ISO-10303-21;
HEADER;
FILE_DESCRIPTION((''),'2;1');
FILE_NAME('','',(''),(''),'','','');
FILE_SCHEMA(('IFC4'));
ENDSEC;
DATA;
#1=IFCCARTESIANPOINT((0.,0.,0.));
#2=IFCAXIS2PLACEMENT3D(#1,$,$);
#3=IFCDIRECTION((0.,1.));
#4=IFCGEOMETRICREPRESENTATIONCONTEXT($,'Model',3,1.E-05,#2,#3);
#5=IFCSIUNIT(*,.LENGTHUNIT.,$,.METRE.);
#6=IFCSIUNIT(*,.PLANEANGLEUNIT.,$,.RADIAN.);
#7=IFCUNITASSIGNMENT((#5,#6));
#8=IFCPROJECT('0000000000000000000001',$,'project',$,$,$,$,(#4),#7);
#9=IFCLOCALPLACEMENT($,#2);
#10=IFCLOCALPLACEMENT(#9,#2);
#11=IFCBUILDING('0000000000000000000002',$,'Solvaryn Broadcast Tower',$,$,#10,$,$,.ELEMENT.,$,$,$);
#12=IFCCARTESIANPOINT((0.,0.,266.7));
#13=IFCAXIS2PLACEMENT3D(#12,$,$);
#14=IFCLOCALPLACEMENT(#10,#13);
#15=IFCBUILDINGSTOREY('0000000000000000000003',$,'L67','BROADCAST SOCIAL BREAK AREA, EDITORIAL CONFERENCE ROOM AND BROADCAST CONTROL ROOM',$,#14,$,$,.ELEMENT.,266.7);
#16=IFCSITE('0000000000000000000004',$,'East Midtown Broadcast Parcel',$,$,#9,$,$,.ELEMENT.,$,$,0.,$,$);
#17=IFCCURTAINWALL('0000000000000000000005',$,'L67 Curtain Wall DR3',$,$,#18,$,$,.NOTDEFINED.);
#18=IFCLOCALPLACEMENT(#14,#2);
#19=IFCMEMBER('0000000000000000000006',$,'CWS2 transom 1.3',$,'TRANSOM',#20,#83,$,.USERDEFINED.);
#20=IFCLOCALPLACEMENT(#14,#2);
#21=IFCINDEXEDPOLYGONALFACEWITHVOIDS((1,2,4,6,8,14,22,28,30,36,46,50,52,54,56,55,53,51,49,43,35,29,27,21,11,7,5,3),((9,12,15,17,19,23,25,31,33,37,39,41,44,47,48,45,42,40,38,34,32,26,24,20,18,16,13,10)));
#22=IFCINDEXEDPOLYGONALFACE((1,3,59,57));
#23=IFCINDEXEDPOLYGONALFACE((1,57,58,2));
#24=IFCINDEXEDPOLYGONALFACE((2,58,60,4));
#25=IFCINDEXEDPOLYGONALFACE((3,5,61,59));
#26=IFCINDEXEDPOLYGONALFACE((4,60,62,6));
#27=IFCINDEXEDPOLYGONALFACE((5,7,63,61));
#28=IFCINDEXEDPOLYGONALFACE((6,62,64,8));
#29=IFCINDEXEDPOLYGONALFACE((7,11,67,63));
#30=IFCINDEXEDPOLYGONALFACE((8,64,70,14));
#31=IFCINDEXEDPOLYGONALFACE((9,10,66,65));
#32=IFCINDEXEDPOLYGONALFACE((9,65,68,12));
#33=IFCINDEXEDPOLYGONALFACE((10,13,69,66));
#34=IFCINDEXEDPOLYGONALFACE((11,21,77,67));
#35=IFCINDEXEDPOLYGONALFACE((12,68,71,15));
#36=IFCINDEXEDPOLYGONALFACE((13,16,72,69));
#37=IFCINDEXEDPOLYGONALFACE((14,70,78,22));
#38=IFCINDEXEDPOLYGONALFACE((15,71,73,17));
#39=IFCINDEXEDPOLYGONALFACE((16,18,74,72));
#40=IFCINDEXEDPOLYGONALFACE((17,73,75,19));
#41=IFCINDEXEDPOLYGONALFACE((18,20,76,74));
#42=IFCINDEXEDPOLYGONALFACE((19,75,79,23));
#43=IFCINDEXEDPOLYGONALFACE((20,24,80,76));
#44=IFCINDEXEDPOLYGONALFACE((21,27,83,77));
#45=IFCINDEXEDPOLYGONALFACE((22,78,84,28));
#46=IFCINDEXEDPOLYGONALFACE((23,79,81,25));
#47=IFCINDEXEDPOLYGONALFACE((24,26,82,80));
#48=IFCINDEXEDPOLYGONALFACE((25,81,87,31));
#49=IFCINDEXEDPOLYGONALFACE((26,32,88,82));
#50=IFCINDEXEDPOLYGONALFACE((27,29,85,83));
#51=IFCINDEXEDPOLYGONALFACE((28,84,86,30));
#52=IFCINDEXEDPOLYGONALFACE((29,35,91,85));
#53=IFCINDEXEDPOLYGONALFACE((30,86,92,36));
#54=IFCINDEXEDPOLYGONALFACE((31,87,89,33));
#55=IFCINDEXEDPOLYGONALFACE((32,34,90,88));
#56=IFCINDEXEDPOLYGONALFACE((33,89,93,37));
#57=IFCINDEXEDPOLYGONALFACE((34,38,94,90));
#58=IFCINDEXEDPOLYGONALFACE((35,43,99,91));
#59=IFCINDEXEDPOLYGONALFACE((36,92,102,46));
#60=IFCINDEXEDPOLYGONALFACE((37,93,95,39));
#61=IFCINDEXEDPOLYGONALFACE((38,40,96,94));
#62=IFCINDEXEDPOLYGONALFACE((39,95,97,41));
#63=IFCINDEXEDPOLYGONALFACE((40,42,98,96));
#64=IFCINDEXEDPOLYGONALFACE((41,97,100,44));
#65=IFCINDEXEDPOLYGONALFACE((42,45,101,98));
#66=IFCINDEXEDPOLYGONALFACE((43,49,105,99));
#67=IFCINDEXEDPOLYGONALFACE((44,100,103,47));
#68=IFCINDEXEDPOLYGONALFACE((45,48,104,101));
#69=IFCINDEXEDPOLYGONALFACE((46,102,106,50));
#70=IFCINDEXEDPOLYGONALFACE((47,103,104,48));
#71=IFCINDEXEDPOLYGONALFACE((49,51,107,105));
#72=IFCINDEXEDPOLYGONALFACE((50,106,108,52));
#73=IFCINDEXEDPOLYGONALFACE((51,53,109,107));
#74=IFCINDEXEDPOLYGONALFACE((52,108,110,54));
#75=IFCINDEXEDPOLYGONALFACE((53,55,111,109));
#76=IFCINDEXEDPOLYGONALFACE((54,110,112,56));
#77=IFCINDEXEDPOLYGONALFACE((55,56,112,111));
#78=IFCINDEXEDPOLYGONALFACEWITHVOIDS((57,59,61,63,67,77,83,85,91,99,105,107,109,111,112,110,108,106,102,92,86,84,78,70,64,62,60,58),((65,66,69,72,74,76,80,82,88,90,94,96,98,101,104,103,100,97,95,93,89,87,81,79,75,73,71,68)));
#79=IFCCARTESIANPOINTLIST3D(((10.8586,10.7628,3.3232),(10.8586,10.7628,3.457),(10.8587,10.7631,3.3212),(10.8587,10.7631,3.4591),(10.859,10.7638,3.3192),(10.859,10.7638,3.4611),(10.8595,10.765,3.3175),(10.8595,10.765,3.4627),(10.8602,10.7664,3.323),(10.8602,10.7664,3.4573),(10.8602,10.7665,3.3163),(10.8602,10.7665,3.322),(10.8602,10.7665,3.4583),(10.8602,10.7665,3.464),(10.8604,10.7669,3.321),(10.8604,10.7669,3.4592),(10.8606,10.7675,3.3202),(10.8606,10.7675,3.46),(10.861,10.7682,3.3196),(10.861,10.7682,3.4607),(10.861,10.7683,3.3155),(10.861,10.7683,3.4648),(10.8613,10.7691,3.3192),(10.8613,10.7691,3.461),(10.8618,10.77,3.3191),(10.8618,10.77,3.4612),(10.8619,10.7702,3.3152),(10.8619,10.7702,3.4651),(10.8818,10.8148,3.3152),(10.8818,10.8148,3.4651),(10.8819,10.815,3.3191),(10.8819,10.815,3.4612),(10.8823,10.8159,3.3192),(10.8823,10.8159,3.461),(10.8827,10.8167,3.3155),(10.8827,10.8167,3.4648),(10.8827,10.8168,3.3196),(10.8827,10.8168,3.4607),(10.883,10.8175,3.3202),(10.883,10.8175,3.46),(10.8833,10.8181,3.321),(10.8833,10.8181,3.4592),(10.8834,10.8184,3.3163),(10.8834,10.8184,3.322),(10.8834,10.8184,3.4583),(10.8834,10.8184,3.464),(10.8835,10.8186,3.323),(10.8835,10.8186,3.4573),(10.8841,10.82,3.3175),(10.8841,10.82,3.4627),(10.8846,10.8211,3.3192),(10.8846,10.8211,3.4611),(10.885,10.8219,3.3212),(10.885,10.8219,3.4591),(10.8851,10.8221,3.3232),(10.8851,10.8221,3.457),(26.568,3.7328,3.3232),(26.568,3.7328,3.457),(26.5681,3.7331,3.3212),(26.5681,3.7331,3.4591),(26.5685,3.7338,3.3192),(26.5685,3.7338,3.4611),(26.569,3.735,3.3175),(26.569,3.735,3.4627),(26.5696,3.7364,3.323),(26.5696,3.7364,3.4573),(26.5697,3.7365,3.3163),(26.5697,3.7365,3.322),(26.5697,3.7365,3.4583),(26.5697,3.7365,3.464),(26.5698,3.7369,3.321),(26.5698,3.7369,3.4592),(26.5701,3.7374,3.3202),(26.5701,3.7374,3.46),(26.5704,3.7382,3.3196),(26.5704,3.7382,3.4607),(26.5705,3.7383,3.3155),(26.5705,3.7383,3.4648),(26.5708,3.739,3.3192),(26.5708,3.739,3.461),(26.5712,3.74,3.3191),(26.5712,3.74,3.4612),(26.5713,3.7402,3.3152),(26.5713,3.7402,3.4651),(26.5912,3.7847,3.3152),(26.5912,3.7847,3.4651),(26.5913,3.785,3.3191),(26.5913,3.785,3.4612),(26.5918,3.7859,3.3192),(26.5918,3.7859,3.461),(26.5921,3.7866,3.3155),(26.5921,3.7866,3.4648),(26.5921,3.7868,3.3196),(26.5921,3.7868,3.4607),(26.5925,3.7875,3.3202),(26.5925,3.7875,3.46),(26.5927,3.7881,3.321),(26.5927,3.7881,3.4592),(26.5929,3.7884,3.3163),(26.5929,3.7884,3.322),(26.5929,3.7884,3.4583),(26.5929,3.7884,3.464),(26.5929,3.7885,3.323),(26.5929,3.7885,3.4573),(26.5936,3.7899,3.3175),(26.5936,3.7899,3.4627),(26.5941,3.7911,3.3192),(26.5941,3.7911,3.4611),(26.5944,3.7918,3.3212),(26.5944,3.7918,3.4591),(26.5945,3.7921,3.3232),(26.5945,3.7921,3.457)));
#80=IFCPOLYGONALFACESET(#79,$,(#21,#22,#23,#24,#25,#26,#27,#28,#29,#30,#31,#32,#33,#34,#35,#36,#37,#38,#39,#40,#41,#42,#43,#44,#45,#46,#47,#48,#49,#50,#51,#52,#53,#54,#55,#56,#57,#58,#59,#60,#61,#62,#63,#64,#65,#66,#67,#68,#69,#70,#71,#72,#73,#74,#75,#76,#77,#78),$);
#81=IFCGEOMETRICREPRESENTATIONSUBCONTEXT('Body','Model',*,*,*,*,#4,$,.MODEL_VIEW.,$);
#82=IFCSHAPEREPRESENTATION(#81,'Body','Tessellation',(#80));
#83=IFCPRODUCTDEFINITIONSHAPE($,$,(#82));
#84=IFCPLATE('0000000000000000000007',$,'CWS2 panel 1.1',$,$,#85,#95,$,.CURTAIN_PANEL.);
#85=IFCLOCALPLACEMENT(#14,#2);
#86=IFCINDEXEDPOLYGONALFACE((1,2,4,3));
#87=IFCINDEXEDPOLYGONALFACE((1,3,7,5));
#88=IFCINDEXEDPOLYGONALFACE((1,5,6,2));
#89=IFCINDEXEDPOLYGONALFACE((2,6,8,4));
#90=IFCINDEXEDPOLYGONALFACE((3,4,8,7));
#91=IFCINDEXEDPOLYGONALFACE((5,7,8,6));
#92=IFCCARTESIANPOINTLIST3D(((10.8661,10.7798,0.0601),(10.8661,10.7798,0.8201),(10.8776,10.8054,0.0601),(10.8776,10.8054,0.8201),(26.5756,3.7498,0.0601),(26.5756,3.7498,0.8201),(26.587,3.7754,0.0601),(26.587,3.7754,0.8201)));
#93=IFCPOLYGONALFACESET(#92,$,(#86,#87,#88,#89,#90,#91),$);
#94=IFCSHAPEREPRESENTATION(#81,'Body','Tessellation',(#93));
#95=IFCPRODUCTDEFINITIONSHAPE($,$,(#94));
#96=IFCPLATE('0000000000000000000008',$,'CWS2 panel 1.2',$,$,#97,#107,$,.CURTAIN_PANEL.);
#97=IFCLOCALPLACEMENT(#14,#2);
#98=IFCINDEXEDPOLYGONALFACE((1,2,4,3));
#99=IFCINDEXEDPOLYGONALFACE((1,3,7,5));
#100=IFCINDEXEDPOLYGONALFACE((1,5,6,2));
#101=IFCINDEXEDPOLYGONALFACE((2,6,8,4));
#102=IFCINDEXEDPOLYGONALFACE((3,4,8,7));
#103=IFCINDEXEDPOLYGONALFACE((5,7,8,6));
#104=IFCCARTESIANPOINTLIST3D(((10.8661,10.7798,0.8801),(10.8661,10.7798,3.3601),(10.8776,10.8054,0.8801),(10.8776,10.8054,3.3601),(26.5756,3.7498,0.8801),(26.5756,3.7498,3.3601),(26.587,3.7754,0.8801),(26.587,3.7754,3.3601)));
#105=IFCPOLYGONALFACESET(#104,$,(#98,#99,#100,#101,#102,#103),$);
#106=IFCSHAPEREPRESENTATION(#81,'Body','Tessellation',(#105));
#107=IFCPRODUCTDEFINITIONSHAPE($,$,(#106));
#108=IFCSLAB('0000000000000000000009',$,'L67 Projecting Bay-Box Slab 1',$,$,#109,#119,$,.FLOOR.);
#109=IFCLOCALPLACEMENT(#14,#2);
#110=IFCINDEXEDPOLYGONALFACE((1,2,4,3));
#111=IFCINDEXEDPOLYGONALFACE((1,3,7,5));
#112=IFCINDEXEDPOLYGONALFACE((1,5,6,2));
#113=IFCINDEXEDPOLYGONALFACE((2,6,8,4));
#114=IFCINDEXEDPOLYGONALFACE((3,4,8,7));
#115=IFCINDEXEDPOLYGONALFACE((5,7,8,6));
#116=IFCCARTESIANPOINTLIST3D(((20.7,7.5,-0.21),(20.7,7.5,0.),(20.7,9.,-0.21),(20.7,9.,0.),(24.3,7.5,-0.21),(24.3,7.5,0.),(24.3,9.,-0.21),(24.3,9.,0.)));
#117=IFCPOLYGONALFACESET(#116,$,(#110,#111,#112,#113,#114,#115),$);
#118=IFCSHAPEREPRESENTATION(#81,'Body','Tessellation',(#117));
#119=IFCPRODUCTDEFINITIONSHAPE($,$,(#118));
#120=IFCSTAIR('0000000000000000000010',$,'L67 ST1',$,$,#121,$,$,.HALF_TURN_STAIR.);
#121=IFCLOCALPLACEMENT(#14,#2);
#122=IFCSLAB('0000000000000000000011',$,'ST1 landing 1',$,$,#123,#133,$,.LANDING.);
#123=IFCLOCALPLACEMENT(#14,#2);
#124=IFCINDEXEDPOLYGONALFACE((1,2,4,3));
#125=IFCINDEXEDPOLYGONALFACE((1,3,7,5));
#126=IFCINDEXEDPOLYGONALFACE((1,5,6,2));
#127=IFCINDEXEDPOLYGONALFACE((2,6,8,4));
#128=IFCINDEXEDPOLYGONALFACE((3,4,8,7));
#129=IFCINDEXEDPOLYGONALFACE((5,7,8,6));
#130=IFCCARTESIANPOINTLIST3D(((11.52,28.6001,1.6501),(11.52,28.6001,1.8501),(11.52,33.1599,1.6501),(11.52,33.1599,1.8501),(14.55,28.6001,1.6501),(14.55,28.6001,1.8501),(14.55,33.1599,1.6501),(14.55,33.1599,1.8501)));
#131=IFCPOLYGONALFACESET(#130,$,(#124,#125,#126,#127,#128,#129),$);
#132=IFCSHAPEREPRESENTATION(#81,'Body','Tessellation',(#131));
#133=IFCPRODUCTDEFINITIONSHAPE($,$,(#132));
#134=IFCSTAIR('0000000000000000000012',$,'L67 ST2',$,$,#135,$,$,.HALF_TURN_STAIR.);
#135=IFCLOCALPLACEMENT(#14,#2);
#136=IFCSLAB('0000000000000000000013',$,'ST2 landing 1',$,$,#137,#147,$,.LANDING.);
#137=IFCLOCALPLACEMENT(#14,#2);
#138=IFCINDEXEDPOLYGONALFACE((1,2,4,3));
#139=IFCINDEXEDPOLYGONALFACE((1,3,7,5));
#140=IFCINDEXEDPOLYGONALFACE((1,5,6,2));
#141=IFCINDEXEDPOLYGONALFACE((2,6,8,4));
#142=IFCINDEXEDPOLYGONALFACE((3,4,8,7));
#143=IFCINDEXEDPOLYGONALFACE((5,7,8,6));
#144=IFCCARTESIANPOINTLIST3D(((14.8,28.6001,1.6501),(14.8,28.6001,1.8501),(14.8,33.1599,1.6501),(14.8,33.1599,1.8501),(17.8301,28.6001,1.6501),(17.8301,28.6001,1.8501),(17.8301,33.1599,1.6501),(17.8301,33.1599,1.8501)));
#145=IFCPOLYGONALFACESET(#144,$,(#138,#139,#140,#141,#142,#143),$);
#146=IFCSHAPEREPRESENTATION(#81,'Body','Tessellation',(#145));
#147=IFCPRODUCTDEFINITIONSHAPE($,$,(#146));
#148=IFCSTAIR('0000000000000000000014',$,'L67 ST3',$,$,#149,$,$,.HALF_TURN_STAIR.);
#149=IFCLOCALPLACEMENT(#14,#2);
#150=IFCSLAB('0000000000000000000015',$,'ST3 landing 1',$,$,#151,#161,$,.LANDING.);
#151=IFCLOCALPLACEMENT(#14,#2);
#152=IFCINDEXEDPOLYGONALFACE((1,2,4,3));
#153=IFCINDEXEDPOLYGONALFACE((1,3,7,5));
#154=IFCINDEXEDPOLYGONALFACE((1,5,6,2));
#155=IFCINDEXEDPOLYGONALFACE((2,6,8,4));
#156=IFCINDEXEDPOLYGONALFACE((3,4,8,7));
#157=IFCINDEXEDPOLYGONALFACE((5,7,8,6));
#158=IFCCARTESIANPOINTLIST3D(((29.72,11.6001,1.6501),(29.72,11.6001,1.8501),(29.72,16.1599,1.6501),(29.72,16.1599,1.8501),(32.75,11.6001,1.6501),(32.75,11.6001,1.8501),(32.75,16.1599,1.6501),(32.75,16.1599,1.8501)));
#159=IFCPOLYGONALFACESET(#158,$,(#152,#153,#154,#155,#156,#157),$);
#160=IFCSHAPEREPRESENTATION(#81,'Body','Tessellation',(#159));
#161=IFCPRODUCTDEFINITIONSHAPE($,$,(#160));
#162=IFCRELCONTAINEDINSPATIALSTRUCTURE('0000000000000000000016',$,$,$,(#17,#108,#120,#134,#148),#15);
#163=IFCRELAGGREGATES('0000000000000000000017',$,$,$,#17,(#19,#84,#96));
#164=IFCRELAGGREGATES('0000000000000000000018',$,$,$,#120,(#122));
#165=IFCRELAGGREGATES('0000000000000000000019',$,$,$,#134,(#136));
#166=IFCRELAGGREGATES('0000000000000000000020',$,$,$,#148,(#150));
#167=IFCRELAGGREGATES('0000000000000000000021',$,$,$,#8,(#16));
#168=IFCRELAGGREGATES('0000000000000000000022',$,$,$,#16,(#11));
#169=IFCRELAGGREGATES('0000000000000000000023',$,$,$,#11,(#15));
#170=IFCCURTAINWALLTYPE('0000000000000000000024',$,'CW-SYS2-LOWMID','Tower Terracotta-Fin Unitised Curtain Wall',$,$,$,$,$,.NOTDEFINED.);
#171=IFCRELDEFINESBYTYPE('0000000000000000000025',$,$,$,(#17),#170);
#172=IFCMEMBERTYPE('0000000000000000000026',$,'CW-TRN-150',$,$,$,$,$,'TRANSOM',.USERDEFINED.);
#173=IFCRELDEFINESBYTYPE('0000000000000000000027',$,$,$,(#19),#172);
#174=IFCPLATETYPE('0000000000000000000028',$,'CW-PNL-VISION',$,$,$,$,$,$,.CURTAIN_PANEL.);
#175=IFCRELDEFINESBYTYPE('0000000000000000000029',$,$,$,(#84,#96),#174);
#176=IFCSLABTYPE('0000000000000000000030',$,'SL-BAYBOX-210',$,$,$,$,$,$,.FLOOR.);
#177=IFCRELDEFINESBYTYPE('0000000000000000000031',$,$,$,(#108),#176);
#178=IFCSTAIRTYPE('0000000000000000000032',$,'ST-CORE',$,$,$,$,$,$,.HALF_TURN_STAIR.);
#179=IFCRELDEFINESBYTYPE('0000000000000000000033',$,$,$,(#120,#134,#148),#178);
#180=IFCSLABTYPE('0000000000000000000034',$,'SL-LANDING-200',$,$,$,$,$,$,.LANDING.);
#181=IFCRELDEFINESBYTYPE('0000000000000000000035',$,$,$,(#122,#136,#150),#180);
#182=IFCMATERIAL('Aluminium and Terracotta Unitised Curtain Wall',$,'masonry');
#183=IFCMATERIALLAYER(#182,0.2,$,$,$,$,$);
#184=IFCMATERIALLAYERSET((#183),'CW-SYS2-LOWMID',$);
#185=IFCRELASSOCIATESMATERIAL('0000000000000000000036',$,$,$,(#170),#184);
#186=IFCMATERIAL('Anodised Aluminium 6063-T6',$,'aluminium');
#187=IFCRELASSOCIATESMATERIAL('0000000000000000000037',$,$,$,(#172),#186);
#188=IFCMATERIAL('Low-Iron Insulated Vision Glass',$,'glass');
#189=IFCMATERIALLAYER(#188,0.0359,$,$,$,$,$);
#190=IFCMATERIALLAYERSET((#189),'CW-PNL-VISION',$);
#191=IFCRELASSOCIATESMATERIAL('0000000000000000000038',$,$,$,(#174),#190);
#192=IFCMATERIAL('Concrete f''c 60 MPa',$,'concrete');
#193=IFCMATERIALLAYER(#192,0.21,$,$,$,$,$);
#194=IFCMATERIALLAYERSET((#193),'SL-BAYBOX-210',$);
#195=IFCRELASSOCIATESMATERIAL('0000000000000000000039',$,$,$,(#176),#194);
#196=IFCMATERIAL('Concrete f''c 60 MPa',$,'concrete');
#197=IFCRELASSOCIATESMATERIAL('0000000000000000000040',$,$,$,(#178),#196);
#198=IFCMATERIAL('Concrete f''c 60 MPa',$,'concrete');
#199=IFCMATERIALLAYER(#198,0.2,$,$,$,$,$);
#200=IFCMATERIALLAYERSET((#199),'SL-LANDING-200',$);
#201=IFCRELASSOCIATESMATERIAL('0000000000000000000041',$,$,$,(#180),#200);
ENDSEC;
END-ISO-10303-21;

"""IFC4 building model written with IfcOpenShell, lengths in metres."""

from ifc_helpers import new_model, si_unit, direction, frame, origin, origin_2d, place, context, subcontext, project, spatial, polyline, rectangle, hollow_rectangle, outline, extrude, material, layer, layer_set, material_profile, profile_set, type_object, element, aggregate, save


model = new_model("IFC4")

# Units and contexts
model_context = context("Model", 3, precision=1e-05, world=origin(), true_north=direction((0.0, 1.0)))
body_context = subcontext(model_context, "Body", "Model", "MODEL_VIEW")
ifc_project = project(units=[si_unit("LENGTHUNIT", "METRE"), si_unit("PLANEANGLEUNIT", "RADIAN")], contexts=[model_context])

# Site, building, storey
site_placement = place(None, origin())
site = spatial("IfcSite", under=ifc_project, at=site_placement, Name="East Midtown Broadcast Parcel", CompositionType="ELEMENT", RefElevation=0.0)
building_placement = place(site_placement, origin())
building = spatial("IfcBuilding", under=site, at=building_placement, Name="Solvaryn Broadcast Tower", CompositionType="ELEMENT")
storey_placement = place(building_placement, frame((0.0, 0.0, 266.7)))
storey = spatial("IfcBuildingStorey", under=building, at=storey_placement, Name="L67", Description="BROADCAST SOCIAL BREAK AREA, EDITORIAL CONFERENCE ROOM AND BROADCAST CONTROL ROOM", CompositionType="ELEMENT", Elevation=266.7)

# Curtain wall, member, plates
ifc_material_1 = material(Name="Aluminium and Terracotta Unitised Curtain Wall", Category="masonry")
ifc_layer_1 = layer(ifc_material_1, 0.2)
ifc_layer_set_1 = layer_set([ifc_layer_1], Name="CW-SYS2-LOWMID")
curtain_wall_type_1 = type_object("IfcCurtainWallType", Name="CW-SYS2-LOWMID", Description="Tower Terracotta-Fin Unitised Curtain Wall", PredefinedType="NOTDEFINED", material=ifc_layer_set_1)
curtain_wall_1_placement = place(storey_placement, origin())
curtain_wall_1 = element("IfcCurtainWall", 1, at=curtain_wall_1_placement, inside=storey, type_object=curtain_wall_type_1, Name="L67 Curtain Wall DR3", PredefinedType="NOTDEFINED")
ifc_material_2 = material(Name="Anodised Aluminium 6063-T6", Category="aluminium")
ifc_material_profile_1 = material_profile(ifc_material_2, hollow_rectangle(XDim=0.0649, YDim=0.1499, WallThickness=0.0039, InnerFilletRadius=0.0039, OuterFilletRadius=0.0081, at=origin_2d()))
ifc_profile_set_1 = profile_set([ifc_material_profile_1], Name="Anodised Aluminium 6063-T6")
member_type_1 = type_object("IfcMemberType", Name="CW-TRN-150", ElementType="TRANSOM", PredefinedType="USERDEFINED", material=ifc_profile_set_1)
member_1_placement = place(storey_placement, frame((10.8718, 10.7925, 3.3901), z_axis=(0.912773, -0.408468, 0.0), x_axis=(0.408468, 0.912773, 0.0)))
member_1 = element("IfcMember", 2, at=member_1_placement, type_object=member_type_1, Name="CWS2 transom 1.3", ObjectType="TRANSOM", PredefinedType="USERDEFINED", context=body_context, shape_type="SweptSolid", body=[
    extrude(hollow_rectangle(XDim=0.0649, YDim=0.1499, WallThickness=0.0039, InnerFilletRadius=0.0039, OuterFilletRadius=0.0081, at=origin_2d()), origin(), (0.0, 0.0, 1.0), 17.2107),
])
ifc_material_3 = material(Name="Low-Iron Insulated Vision Glass", Category="glass")
ifc_layer_2 = layer(ifc_material_3, 0.0359)
ifc_layer_set_2 = layer_set([ifc_layer_2], Name="CW-PNL-VISION")
plate_type = type_object("IfcPlateType", Name="CW-PNL-VISION", PredefinedType="CURTAIN_PANEL", material=ifc_layer_set_2)
plate_1_placement = place(storey_placement, frame((18.7266, 7.2776, 0.0601), z_axis=(0.0, 0.0, 1.0), x_axis=(0.912774, -0.408466, 0.0)))
plate_1 = element("IfcPlate", 3, at=plate_1_placement, type_object=plate_type, Name="CWS2 panel 1.1", PredefinedType="CURTAIN_PANEL", context=body_context, shape_type="SweptSolid", body=[
    extrude(rectangle(XDim=17.2107, YDim=0.0281, at=origin_2d()), origin(), (0.0, 0.0, 1.0), 0.76),
])
plate_2_placement = place(storey_placement, frame((18.7266, 7.2776, 0.8801), z_axis=(0.0, 0.0, 1.0), x_axis=(0.912774, -0.408466, 0.0)))
plate_2 = element("IfcPlate", 4, at=plate_2_placement, type_object=plate_type, Name="CWS2 panel 1.2", PredefinedType="CURTAIN_PANEL", context=body_context, shape_type="SweptSolid", body=[
    extrude(rectangle(XDim=17.2107, YDim=0.0281, at=origin_2d()), origin(), (0.0, 0.0, 1.0), 2.48),
])
aggregate(curtain_wall_1, [member_1, plate_1, plate_2])

# Slab
ifc_material_4 = material(Name="Concrete f'c 60 MPa", Category="concrete")
ifc_layer_3 = layer(ifc_material_4, 0.21)
ifc_layer_set_3 = layer_set([ifc_layer_3], Name="SL-BAYBOX-210")
slab_type_1 = type_object("IfcSlabType", Name="SL-BAYBOX-210", PredefinedType="FLOOR", material=ifc_layer_set_3)
slab_1_placement = place(storey_placement, frame((0.0, 0.0, -0.21)))
element("IfcSlab", 5, at=slab_1_placement, inside=storey, type_object=slab_type_1, Name="L67 Projecting Bay-Box Slab 1", PredefinedType="FLOOR", context=body_context, shape_type="SweptSolid", body=[
    extrude(outline(polyline([(20.7, 7.5), (24.3, 7.5), (24.3, 9.0), (20.7, 9.0), (20.7, 7.5)])), origin(), (0.0, 0.0, 1.0), 0.21),
])

# Stairs, slabs
ifc_material_5 = material(Name="Concrete f'c 60 MPa", Category="concrete")
stair_type = type_object("IfcStairType", Name="ST-CORE", PredefinedType="HALF_TURN_STAIR", material=ifc_material_5)
stair_1_placement = place(storey_placement, origin())
stair_1 = element("IfcStair", 6, at=stair_1_placement, inside=storey, type_object=stair_type, Name="L67 ST1", PredefinedType="HALF_TURN_STAIR")
ifc_material_6 = material(Name="Concrete f'c 60 MPa", Category="concrete")
ifc_layer_4 = layer(ifc_material_6, 0.2)
ifc_layer_set_4 = layer_set([ifc_layer_4], Name="SL-LANDING-200")
slab_type_2 = type_object("IfcSlabType", Name="SL-LANDING-200", PredefinedType="LANDING", material=ifc_layer_set_4)
slab_2_placement = place(storey_placement, frame((0.0, 0.0, 1.6501)))
slab_2 = element("IfcSlab", 7, at=slab_2_placement, type_object=slab_type_2, Name="ST1 landing 1", PredefinedType="LANDING", context=body_context, shape_type="SweptSolid", body=[
    extrude(outline(polyline([(11.52, 33.1599), (11.52, 28.6001), (14.55, 28.6001), (14.55, 33.1599), (11.52, 33.1599)])), origin(), (0.0, 0.0, 1.0), 0.2),
])
aggregate(stair_1, [slab_2])
stair_2_placement = place(storey_placement, origin())
stair_2 = element("IfcStair", 8, at=stair_2_placement, inside=storey, type_object=stair_type, Name="L67 ST2", PredefinedType="HALF_TURN_STAIR")
slab_3_placement = place(storey_placement, frame((0.0, 0.0, 1.6501)))
slab_3 = element("IfcSlab", 9, at=slab_3_placement, type_object=slab_type_2, Name="ST2 landing 1", PredefinedType="LANDING", context=body_context, shape_type="SweptSolid", body=[
    extrude(outline(polyline([(14.8, 33.1599), (14.8, 28.6001), (17.8301, 28.6001), (17.8301, 33.1599), (14.8, 33.1599)])), origin(), (0.0, 0.0, 1.0), 0.2),
])
aggregate(stair_2, [slab_3])
stair_3_placement = place(storey_placement, origin())
stair_3 = element("IfcStair", 10, at=stair_3_placement, inside=storey, type_object=stair_type, Name="L67 ST3", PredefinedType="HALF_TURN_STAIR")
slab_4_placement = place(storey_placement, frame((0.0, 0.0, 1.6501)))
slab_4 = element("IfcSlab", 11, at=slab_4_placement, type_object=slab_type_2, Name="ST3 landing 1", PredefinedType="LANDING", context=body_context, shape_type="SweptSolid", body=[
    extrude(outline(polyline([(29.72, 16.1599), (29.72, 11.6001), (32.75, 11.6001), (32.75, 16.1599), (29.72, 16.1599)])), origin(), (0.0, 0.0, 1.0), 0.2),
])
aggregate(stair_3, [slab_4])

save(model, "model.ifc")
